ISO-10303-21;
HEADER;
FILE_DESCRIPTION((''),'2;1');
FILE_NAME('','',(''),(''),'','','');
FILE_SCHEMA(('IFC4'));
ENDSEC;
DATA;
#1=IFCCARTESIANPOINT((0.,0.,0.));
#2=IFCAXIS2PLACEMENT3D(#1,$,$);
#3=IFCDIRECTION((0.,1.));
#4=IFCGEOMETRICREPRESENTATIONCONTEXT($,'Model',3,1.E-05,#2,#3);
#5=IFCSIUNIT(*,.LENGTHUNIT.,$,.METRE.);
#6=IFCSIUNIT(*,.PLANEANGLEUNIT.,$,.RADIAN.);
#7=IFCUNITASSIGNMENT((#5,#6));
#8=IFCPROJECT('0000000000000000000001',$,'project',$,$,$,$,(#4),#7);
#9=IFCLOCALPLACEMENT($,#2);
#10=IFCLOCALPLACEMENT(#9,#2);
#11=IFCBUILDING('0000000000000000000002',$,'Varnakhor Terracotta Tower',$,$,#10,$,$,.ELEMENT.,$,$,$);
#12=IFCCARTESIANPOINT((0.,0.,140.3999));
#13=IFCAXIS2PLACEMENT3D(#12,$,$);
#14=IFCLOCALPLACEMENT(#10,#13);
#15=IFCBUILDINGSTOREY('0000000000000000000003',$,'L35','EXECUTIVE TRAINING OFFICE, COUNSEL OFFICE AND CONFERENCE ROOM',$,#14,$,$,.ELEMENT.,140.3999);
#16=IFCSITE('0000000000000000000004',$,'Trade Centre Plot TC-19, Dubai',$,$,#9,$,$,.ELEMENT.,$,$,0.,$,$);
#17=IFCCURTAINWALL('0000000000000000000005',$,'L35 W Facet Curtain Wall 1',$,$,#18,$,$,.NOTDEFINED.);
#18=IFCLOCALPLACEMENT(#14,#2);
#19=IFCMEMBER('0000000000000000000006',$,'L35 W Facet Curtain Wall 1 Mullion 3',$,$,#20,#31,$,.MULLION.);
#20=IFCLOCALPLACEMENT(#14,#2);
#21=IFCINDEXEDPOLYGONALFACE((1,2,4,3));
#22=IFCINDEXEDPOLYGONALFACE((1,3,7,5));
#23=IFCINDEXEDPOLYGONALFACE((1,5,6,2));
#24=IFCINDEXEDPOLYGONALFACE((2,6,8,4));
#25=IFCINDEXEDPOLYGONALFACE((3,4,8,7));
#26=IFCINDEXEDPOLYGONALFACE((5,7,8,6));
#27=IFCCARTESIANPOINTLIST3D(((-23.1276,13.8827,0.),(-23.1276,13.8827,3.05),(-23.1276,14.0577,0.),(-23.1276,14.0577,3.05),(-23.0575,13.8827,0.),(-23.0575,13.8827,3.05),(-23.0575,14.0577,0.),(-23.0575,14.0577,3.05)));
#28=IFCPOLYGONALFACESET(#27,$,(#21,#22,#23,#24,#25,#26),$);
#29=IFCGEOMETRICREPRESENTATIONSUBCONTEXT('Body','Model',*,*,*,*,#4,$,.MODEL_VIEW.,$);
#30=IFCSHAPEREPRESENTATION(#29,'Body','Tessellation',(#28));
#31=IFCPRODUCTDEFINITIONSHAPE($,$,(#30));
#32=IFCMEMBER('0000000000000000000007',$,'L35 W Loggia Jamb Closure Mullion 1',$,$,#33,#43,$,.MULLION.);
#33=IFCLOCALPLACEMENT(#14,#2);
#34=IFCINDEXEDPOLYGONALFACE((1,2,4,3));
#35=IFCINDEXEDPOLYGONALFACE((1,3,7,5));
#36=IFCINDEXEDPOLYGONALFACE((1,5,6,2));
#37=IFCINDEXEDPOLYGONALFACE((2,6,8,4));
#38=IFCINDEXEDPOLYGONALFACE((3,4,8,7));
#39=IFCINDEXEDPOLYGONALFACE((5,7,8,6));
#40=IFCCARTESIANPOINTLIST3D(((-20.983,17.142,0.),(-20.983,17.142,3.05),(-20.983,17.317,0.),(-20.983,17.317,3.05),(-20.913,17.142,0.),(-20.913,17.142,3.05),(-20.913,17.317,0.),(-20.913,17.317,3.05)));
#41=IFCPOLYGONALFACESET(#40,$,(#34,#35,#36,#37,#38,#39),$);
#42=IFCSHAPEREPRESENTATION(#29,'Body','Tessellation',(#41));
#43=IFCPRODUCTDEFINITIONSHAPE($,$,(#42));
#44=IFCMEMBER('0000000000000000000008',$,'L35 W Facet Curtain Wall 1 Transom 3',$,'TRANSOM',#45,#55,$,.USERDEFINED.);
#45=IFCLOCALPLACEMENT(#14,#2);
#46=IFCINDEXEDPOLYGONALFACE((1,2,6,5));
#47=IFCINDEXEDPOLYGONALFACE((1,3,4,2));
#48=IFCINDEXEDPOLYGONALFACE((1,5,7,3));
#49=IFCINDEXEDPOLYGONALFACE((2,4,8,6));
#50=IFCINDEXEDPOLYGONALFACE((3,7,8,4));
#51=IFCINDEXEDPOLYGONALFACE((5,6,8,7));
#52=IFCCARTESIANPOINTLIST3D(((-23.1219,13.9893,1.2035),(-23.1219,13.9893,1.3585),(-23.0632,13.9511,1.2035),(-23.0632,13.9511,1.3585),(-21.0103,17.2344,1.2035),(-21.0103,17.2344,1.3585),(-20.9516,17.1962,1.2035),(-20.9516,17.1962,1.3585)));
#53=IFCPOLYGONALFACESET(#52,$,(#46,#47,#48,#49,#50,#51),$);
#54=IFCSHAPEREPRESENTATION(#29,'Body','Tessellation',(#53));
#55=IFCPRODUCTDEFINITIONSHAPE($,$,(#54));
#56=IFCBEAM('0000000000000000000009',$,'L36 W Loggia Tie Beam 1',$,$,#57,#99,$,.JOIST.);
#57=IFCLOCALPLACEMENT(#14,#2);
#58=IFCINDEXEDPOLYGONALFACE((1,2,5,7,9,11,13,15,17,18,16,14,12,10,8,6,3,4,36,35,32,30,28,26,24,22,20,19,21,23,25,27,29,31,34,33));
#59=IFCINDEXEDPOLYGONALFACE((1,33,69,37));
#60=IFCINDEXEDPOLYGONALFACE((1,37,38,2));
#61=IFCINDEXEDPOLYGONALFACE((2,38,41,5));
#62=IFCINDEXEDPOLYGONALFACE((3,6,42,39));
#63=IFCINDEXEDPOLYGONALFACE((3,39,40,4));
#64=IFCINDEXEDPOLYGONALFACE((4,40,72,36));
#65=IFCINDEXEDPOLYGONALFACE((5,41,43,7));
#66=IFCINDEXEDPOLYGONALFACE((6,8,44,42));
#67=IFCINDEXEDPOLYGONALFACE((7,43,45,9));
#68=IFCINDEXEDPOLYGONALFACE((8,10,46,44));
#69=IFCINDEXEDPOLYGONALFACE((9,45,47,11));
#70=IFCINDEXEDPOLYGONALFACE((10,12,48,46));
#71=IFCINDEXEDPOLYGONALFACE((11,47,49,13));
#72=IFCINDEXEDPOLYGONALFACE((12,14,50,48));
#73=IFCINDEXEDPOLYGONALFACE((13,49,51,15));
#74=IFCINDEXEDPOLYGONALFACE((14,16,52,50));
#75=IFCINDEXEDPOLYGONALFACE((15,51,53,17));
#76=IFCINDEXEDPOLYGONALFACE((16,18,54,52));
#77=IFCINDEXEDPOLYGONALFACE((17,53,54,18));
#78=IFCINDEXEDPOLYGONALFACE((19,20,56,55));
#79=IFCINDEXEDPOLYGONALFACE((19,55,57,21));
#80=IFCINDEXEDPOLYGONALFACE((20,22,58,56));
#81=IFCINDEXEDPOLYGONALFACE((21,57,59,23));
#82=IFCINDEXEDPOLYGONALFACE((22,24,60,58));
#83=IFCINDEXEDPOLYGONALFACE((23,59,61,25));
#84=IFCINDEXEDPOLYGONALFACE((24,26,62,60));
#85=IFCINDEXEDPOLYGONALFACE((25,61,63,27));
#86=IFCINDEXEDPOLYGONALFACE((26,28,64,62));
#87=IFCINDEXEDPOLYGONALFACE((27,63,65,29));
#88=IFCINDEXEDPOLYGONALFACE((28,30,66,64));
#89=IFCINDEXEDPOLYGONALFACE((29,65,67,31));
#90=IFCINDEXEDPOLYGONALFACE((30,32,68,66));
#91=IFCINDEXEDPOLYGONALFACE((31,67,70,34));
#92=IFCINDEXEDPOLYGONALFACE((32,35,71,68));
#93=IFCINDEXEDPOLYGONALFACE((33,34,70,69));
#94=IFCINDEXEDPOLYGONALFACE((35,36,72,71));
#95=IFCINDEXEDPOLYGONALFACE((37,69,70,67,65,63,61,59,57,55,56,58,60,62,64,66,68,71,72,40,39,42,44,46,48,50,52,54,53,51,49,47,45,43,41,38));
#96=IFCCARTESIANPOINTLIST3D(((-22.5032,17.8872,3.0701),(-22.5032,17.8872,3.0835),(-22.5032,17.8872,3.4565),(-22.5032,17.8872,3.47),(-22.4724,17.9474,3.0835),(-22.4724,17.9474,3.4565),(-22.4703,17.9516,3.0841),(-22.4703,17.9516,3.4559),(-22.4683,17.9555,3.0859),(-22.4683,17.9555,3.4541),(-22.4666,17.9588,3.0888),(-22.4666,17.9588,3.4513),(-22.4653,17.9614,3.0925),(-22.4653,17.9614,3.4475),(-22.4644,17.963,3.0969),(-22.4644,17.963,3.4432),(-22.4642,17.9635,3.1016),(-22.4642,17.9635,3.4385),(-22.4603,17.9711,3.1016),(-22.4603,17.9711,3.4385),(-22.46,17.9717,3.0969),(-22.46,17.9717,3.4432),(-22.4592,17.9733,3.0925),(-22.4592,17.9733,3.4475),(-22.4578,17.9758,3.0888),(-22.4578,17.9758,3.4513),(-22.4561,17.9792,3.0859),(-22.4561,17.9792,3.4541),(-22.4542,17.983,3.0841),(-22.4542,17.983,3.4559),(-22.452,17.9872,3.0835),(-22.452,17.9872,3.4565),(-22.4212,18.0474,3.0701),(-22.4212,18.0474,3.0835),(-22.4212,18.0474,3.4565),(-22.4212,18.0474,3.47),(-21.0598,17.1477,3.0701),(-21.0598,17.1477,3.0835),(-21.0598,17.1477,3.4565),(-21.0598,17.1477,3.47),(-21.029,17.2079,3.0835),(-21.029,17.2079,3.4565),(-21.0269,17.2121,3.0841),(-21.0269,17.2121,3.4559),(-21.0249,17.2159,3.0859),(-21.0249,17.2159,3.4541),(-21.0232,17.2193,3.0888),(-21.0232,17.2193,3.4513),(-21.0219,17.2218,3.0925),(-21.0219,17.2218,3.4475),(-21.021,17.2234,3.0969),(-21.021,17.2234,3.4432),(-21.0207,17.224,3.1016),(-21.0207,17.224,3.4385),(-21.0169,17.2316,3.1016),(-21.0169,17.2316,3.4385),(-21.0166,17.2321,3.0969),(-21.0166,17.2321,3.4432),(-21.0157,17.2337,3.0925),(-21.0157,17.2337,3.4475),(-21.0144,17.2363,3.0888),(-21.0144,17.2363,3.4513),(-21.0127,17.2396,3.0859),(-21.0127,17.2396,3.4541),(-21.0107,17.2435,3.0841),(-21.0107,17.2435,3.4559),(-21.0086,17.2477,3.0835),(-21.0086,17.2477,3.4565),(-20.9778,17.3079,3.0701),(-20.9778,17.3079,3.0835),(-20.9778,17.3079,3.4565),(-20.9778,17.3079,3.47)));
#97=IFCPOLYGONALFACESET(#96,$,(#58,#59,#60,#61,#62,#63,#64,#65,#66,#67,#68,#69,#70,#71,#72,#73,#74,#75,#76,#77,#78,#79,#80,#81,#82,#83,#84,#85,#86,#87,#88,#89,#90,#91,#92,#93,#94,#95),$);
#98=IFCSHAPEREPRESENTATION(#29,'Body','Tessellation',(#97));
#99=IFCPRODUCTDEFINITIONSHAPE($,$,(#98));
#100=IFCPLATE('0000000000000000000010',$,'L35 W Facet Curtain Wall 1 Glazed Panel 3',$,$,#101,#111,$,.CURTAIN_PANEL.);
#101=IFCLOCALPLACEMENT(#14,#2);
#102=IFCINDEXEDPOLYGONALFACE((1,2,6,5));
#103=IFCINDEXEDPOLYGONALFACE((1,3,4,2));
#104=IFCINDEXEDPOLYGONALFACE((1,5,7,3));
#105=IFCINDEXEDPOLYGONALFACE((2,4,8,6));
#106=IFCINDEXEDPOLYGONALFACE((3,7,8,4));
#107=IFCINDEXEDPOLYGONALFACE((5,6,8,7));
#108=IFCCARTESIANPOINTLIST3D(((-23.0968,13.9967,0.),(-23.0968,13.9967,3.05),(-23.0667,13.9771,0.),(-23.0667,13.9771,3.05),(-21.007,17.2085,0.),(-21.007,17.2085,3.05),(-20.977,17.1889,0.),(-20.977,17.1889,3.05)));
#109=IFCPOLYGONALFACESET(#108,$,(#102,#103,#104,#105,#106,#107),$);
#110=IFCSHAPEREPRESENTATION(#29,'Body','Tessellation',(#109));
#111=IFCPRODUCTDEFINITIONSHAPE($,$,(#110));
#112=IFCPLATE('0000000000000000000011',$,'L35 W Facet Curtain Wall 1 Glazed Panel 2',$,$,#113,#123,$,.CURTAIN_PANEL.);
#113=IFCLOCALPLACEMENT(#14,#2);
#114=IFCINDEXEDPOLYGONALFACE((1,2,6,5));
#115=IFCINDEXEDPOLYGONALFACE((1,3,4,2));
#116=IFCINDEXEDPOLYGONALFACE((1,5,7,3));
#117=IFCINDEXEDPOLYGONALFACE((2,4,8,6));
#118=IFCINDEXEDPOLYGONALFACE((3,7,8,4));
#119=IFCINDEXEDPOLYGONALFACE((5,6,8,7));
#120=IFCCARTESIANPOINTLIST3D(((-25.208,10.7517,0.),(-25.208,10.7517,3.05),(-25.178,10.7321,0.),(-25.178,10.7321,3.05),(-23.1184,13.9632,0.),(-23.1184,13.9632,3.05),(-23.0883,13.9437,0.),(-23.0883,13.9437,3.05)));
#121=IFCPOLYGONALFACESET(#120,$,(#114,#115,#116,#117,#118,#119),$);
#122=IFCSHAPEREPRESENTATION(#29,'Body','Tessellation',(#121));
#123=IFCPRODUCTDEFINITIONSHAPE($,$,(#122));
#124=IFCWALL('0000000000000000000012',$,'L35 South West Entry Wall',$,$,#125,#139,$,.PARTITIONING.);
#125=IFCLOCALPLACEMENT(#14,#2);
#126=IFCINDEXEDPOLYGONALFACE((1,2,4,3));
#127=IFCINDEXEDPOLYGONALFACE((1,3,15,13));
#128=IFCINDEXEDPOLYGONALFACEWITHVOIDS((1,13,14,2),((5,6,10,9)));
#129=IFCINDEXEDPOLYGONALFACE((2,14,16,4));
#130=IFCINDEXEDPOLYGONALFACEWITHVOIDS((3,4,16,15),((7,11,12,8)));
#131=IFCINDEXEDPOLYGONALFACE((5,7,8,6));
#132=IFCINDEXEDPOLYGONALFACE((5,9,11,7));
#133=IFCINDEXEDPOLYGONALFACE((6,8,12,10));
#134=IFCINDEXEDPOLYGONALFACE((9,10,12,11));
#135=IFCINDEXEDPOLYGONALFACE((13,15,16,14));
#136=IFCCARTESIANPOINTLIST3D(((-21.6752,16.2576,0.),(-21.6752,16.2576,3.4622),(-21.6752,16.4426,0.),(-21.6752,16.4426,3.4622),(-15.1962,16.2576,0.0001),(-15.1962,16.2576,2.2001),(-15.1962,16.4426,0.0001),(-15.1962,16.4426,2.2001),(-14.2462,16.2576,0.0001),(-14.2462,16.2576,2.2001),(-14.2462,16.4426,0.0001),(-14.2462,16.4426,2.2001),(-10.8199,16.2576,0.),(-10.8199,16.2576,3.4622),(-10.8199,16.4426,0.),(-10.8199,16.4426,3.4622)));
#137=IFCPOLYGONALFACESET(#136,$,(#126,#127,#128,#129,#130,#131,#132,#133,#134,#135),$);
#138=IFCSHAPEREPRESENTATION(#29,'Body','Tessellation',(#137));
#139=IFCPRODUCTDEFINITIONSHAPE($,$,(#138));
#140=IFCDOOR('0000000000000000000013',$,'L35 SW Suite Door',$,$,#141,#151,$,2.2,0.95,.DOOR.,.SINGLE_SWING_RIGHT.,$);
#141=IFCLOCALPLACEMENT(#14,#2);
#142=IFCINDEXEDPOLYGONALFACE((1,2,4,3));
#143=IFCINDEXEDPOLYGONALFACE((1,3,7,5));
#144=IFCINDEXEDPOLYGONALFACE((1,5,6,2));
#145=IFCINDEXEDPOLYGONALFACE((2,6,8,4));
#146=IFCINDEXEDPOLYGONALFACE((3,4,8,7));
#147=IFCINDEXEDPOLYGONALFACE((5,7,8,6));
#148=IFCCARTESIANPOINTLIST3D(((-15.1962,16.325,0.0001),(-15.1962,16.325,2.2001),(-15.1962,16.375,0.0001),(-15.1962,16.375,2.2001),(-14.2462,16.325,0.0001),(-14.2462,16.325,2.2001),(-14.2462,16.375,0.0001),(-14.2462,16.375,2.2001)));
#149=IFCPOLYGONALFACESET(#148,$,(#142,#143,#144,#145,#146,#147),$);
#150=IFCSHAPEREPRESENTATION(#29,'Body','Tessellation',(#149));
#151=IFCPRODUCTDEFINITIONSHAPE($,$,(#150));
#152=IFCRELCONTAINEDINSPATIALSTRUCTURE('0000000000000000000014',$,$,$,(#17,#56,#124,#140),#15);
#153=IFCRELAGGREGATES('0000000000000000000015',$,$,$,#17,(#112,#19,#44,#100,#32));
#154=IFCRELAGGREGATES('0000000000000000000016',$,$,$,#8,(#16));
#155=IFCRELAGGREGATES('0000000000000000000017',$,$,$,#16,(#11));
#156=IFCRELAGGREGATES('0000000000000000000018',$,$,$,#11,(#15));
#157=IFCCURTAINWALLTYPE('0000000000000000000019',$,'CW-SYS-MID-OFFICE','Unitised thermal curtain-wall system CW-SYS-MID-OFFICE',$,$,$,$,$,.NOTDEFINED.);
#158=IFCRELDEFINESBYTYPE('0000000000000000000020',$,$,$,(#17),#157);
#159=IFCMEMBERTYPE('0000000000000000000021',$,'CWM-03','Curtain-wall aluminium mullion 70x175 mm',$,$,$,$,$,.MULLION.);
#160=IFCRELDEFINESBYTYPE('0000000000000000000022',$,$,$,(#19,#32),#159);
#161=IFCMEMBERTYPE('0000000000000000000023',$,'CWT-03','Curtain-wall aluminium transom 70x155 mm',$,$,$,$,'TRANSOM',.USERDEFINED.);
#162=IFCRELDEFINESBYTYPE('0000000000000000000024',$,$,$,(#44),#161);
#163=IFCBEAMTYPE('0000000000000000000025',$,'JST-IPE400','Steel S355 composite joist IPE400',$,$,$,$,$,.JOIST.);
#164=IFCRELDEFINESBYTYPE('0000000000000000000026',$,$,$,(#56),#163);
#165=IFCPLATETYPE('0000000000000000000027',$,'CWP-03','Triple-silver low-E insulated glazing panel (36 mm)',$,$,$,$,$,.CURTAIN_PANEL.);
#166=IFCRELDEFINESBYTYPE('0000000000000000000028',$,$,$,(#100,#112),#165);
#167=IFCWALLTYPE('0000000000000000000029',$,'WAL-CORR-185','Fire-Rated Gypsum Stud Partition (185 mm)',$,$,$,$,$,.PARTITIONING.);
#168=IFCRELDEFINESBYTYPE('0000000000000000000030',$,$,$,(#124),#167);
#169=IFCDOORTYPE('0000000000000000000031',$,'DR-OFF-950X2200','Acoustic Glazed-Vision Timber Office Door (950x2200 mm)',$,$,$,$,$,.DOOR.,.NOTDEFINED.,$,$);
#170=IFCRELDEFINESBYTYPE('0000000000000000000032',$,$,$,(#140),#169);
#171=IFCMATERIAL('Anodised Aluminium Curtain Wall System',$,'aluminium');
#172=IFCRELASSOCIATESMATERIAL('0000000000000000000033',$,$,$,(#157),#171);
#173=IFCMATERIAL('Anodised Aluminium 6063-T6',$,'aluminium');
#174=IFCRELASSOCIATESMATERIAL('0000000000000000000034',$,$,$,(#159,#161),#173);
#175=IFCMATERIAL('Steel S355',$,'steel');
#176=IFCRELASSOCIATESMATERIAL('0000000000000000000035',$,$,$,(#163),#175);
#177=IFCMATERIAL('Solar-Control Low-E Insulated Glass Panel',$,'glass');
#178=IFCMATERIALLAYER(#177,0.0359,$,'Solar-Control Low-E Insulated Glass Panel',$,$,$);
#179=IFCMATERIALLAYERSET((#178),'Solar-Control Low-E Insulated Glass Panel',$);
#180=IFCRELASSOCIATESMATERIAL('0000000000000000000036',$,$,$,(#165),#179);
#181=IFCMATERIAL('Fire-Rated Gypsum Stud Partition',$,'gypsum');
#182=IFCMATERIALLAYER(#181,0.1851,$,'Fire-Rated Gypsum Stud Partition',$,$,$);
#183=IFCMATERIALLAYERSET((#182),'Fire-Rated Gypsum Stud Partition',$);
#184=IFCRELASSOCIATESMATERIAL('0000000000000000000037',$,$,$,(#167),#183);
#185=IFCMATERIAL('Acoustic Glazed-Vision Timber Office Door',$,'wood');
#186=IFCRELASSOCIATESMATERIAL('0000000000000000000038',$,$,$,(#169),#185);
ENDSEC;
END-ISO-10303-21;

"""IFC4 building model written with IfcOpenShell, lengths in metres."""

from ifc_helpers import new_model, si_unit, direction, frame, frame_2d, origin, origin_2d, place, context, subcontext, project, spatial, rectangle, i_section, extrude, source, transform, mapped, material, layer, layer_set, material_profile, profile_set, type_object, type_shapes, element, fill, aggregate, save


model = new_model("IFC4")

# Units and contexts
model_context = context("Model", 3, precision=1e-05, world=origin(), true_north=direction((0.0, 1.0)))
body_context = subcontext(model_context, "Body", "Model", "MODEL_VIEW")
ifc_project = project(units=[si_unit("LENGTHUNIT", "METRE"), si_unit("PLANEANGLEUNIT", "RADIAN")], contexts=[model_context])

# Site, building, storey
site_placement = place(None, origin())
site = spatial("IfcSite", under=ifc_project, at=site_placement, Name="Trade Centre Plot TC-19, Dubai", CompositionType="ELEMENT", RefElevation=0.0)
building_placement = place(site_placement, origin())
building = spatial("IfcBuilding", under=site, at=building_placement, Name="Varnakhor Terracotta Tower", CompositionType="ELEMENT")
storey_placement = place(building_placement, frame((0.0, 0.0, 140.3999)))
storey = spatial("IfcBuildingStorey", under=building, at=storey_placement, Name="L35", Description="EXECUTIVE TRAINING OFFICE, COUNSEL OFFICE AND CONFERENCE ROOM", CompositionType="ELEMENT", Elevation=140.3999)

# Shared definitions
ifc_material_1 = material(Name="Steel S355", Category="steel")

# Curtain wall, members
ifc_material_2 = material(Name="Anodised Aluminium Curtain Wall System", Category="aluminium")
curtain_wall_type = type_object("IfcCurtainWallType", Name="CW-SYS-MID-OFFICE", Description="Unitised thermal curtain-wall system CW-SYS-MID-OFFICE", PredefinedType="NOTDEFINED", material=ifc_material_2)
curtain_wall_placement = place(storey_placement, origin())
curtain_wall = element("IfcCurtainWall", 1, at=curtain_wall_placement, inside=storey, type_object=curtain_wall_type, Name="L35 W Facet Curtain Wall 1", PredefinedType="NOTDEFINED")
ifc_material_3 = material(Name="Anodised Aluminium 6063-T6", Category="aluminium")
ifc_material_profile_1 = material_profile(ifc_material_3, rectangle(XDim=0.0701, YDim=0.175, at=origin_2d()), Name="ALU MULLION 70x175")
ifc_profile_set_1 = profile_set([ifc_material_profile_1], Name="Anodised Aluminium 6063-T6")
member_type_1 = type_object("IfcMemberType", Name="CWM-03", Description="Curtain-wall aluminium mullion 70x175 mm", PredefinedType="MULLION", material=ifc_profile_set_1)
shared_shape_1 = source(origin(), body_context, "Body", "SweptSolid", [
    extrude(rectangle(XDim=0.0701, YDim=0.175, at=origin_2d()), origin(), (0.0, 0.0, 1.0), 3.05),
])
member_1_placement = place(storey_placement, frame((-23.0925, 13.9702, 0.0), z_axis=(0.0, 0.0, 1.0), x_axis=(1.0, 0.0, 0.0)))
member_1 = element("IfcMember", 2, at=member_1_placement, type_object=member_type_1, Name="L35 W Facet Curtain Wall 1 Mullion 3", PredefinedType="MULLION", context=body_context, shape_type="MappedRepresentation", body=[
    mapped(shared_shape_1, transform((0.0, 0.0, 0.0), scale=1.0)),
])
member_2_placement = place(storey_placement, frame((-20.948, 17.2295, 0.0), z_axis=(0.0, 0.0, 1.0), x_axis=(1.0, 0.0, 0.0)))
member_2 = element("IfcMember", 3, at=member_2_placement, type_object=member_type_1, Name="L35 W Loggia Jamb Closure Mullion 1", PredefinedType="MULLION", context=body_context, shape_type="MappedRepresentation", body=[
    mapped(shared_shape_1, transform((0.0, 0.0, 0.0), scale=1.0)),
])
ifc_material_profile_2 = material_profile(ifc_material_3, rectangle(XDim=0.0701, YDim=0.155, at=origin_2d()), Name="ALU TRANSOM 70x155")
ifc_profile_set_2 = profile_set([ifc_material_profile_2], Name="Anodised Aluminium 6063-T6")
member_type_2 = type_object("IfcMemberType", Name="CWT-03", Description="Curtain-wall aluminium transom 70x155 mm", ElementType="TRANSOM", PredefinedType="USERDEFINED", material=ifc_profile_set_2)
shared_shape_2 = source(origin(), body_context, "Body", "SweptSolid", [
    extrude(rectangle(XDim=0.0701, YDim=0.155, at=origin_2d()), origin(), (0.0, 0.0, 1.0), 3.8716),
])
member_3_placement = place(storey_placement, frame((-23.0925, 13.9702, 1.281), z_axis=(0.545396, 0.838178, 0.0), x_axis=(-0.838178, 0.545396, 0.0)))
member_3 = element("IfcMember", 4, at=member_3_placement, type_object=member_type_2, Name="L35 W Facet Curtain Wall 1 Transom 3", ObjectType="TRANSOM", PredefinedType="USERDEFINED", context=body_context, shape_type="MappedRepresentation", body=[
    mapped(shared_shape_2, transform((0.0, 0.0, 0.0), scale=1.0)),
])

# Beam
ifc_material_profile_3 = material_profile(ifc_material_1, i_section(OverallWidth=0.1799, OverallDepth=0.3999, WebThickness=0.0085, FlangeThickness=0.0134, FilletRadius=0.0181, at=origin_2d()), Name="IPE400")
ifc_profile_set_3 = profile_set([ifc_material_profile_3], Name="Steel S355")
beam_type_1 = type_object("IfcBeamType", Name="JST-IPE400", Description="Steel S355 composite joist IPE400", PredefinedType="JOIST", material=ifc_profile_set_3)
shared_shape_3 = source(origin(), body_context, "Body", "SweptSolid", [
    extrude(i_section(OverallWidth=0.1799, OverallDepth=0.3999, WebThickness=0.0085, FlangeThickness=0.0134, FilletRadius=0.0181, at=origin_2d()), origin(), (0.0, 0.0, 1.0), 1.6218),
])
beam_1_placement = place(storey_placement, frame((-21.0188, 17.2278, 3.27), z_axis=(-0.889988, 0.455983, 0.0), x_axis=(-0.455983, -0.889988, 0.0)))
element("IfcBeam", 5, at=beam_1_placement, inside=storey, type_object=beam_type_1, Name="L36 W Loggia Tie Beam 1", PredefinedType="JOIST", context=body_context, shape_type="MappedRepresentation", body=[
    mapped(shared_shape_3, transform((0.0, 0.0, 0.0), scale=1.0)),
])

# Plates
ifc_material_4 = material(Name="Solar-Control Low-E Insulated Glass Panel", Category="glass")
ifc_layer_1 = layer(ifc_material_4, 0.0359, Name="Solar-Control Low-E Insulated Glass Panel")
ifc_layer_set_1 = layer_set([ifc_layer_1], Name="Solar-Control Low-E Insulated Glass Panel")
plate_type = type_object("IfcPlateType", Name="CWP-03", Description="Triple-silver low-E insulated glazing panel (36 mm)", PredefinedType="CURTAIN_PANEL", material=ifc_layer_set_1)
shared_shape_4 = source(origin(), body_context, "Body", "SweptSolid", [
    extrude(rectangle(XDim=3.8318, YDim=0.0359, at=origin_2d()), origin(), (0.0, 0.0, 1.0), 3.05),
])
plate_1_placement = place(storey_placement, frame((-22.0369, 15.5928, 0.0), z_axis=(0.0, 0.0, 1.0), x_axis=(0.545371, 0.838195, 0.0)))
plate_1 = element("IfcPlate", 6, at=plate_1_placement, type_object=plate_type, Name="L35 W Facet Curtain Wall 1 Glazed Panel 3", PredefinedType="CURTAIN_PANEL", context=body_context, shape_type="MappedRepresentation", body=[
    mapped(shared_shape_4, transform((0.0, 0.0, 0.0), scale=1.0)),
])
shared_shape_5 = source(origin(), body_context, "Body", "SweptSolid", [
    extrude(rectangle(XDim=3.8315, YDim=0.0359, at=origin_2d()), origin(), (0.0, 0.0, 1.0), 3.05),
])
plate_2_placement = place(storey_placement, frame((-24.1482, 12.3477, 0.0), z_axis=(0.0, 0.0, 1.0), x_axis=(0.545371, 0.838195, 0.0)))
plate_2 = element("IfcPlate", 7, at=plate_2_placement, type_object=plate_type, Name="L35 W Facet Curtain Wall 1 Glazed Panel 2", PredefinedType="CURTAIN_PANEL", context=body_context, shape_type="MappedRepresentation", body=[
    mapped(shared_shape_5, transform((0.0, 0.0, 0.0), scale=1.0)),
])
aggregate(curtain_wall, [plate_2, member_1, member_3, plate_1, member_2])

# Wall, opening, door
ifc_material_5 = material(Name="Fire-Rated Gypsum Stud Partition", Category="gypsum")
ifc_layer_2 = layer(ifc_material_5, 0.1851, Name="Fire-Rated Gypsum Stud Partition")
ifc_layer_set_2 = layer_set([ifc_layer_2], Name="Fire-Rated Gypsum Stud Partition")
wall_type_1 = type_object("IfcWallType", Name="WAL-CORR-185", Description="Fire-Rated Gypsum Stud Partition (185 mm)", PredefinedType="PARTITIONING", material=ifc_layer_set_2)
wall_1_placement = place(storey_placement, frame((-21.6753, 16.3501, 0.0), z_axis=(0.0, 0.0, 1.0), x_axis=(1.0, 0.0, 0.0)))
wall_1 = element("IfcWall", 8, at=wall_1_placement, inside=storey, type_object=wall_type_1, Name="L35 South West Entry Wall", PredefinedType="PARTITIONING", context=body_context, shape_type="SweptSolid", body=[
    extrude(rectangle(XDim=10.8552, YDim=0.1851, at=frame_2d((5.4277, 0.0))), origin(), (0.0, 0.0, 1.0), 3.4622),
])
opening_1_placement = place(wall_1_placement, frame((6.479, 0.0, 0.0)))
opening_1 = element("IfcOpeningElement", 9, at=opening_1_placement, cuts=wall_1, PredefinedType="OPENING", context=body_context, shape_type="SweptSolid", body=[
    extrude(rectangle(XDim=0.95, YDim=2.2, at=frame_2d((0.4751, 1.1001))), frame((0.0, 0.1025, 0.0), z_axis=(0.0, -1.0, 0.0), x_axis=(1.0, 0.0, 0.0)), (0.0, 0.0, 1.0), 0.2051),
])
ifc_material_6 = material(Name="Acoustic Glazed-Vision Timber Office Door", Category="wood")
door_type_1 = type_object("IfcDoorType", Name="DR-OFF-950X2200", Description="Acoustic Glazed-Vision Timber Office Door (950x2200 mm)", OperationType="NOTDEFINED", PredefinedType="DOOR", material=ifc_material_6)
shared_shape_6 = source(origin(), body_context, "Body", "SweptSolid", [
    extrude(rectangle(XDim=0.95, YDim=2.2, at=frame_2d((0.4751, 1.1001))), frame((0.0, 0.0249, 0.0), z_axis=(0.0, -1.0, 0.0), x_axis=(1.0, 0.0, 0.0)), (0.0, 0.0, 1.0), 0.05),
])
type_shapes(door_type_1, [shared_shape_6])
door_1_placement = place(opening_1_placement, origin())
door_1 = element("IfcDoor", 10, at=door_1_placement, inside=storey, type_object=door_type_1, Name="L35 SW Suite Door", OperationType="SINGLE_SWING_RIGHT", OverallHeight=2.2, OverallWidth=0.95, PredefinedType="DOOR", context=body_context, shape_type="MappedRepresentation", body=[
    mapped(shared_shape_6, transform((0.0, 0.0, 0.0), scale=1.0)),
])
fill(opening_1, door_1)

save(model, "model.ifc")
